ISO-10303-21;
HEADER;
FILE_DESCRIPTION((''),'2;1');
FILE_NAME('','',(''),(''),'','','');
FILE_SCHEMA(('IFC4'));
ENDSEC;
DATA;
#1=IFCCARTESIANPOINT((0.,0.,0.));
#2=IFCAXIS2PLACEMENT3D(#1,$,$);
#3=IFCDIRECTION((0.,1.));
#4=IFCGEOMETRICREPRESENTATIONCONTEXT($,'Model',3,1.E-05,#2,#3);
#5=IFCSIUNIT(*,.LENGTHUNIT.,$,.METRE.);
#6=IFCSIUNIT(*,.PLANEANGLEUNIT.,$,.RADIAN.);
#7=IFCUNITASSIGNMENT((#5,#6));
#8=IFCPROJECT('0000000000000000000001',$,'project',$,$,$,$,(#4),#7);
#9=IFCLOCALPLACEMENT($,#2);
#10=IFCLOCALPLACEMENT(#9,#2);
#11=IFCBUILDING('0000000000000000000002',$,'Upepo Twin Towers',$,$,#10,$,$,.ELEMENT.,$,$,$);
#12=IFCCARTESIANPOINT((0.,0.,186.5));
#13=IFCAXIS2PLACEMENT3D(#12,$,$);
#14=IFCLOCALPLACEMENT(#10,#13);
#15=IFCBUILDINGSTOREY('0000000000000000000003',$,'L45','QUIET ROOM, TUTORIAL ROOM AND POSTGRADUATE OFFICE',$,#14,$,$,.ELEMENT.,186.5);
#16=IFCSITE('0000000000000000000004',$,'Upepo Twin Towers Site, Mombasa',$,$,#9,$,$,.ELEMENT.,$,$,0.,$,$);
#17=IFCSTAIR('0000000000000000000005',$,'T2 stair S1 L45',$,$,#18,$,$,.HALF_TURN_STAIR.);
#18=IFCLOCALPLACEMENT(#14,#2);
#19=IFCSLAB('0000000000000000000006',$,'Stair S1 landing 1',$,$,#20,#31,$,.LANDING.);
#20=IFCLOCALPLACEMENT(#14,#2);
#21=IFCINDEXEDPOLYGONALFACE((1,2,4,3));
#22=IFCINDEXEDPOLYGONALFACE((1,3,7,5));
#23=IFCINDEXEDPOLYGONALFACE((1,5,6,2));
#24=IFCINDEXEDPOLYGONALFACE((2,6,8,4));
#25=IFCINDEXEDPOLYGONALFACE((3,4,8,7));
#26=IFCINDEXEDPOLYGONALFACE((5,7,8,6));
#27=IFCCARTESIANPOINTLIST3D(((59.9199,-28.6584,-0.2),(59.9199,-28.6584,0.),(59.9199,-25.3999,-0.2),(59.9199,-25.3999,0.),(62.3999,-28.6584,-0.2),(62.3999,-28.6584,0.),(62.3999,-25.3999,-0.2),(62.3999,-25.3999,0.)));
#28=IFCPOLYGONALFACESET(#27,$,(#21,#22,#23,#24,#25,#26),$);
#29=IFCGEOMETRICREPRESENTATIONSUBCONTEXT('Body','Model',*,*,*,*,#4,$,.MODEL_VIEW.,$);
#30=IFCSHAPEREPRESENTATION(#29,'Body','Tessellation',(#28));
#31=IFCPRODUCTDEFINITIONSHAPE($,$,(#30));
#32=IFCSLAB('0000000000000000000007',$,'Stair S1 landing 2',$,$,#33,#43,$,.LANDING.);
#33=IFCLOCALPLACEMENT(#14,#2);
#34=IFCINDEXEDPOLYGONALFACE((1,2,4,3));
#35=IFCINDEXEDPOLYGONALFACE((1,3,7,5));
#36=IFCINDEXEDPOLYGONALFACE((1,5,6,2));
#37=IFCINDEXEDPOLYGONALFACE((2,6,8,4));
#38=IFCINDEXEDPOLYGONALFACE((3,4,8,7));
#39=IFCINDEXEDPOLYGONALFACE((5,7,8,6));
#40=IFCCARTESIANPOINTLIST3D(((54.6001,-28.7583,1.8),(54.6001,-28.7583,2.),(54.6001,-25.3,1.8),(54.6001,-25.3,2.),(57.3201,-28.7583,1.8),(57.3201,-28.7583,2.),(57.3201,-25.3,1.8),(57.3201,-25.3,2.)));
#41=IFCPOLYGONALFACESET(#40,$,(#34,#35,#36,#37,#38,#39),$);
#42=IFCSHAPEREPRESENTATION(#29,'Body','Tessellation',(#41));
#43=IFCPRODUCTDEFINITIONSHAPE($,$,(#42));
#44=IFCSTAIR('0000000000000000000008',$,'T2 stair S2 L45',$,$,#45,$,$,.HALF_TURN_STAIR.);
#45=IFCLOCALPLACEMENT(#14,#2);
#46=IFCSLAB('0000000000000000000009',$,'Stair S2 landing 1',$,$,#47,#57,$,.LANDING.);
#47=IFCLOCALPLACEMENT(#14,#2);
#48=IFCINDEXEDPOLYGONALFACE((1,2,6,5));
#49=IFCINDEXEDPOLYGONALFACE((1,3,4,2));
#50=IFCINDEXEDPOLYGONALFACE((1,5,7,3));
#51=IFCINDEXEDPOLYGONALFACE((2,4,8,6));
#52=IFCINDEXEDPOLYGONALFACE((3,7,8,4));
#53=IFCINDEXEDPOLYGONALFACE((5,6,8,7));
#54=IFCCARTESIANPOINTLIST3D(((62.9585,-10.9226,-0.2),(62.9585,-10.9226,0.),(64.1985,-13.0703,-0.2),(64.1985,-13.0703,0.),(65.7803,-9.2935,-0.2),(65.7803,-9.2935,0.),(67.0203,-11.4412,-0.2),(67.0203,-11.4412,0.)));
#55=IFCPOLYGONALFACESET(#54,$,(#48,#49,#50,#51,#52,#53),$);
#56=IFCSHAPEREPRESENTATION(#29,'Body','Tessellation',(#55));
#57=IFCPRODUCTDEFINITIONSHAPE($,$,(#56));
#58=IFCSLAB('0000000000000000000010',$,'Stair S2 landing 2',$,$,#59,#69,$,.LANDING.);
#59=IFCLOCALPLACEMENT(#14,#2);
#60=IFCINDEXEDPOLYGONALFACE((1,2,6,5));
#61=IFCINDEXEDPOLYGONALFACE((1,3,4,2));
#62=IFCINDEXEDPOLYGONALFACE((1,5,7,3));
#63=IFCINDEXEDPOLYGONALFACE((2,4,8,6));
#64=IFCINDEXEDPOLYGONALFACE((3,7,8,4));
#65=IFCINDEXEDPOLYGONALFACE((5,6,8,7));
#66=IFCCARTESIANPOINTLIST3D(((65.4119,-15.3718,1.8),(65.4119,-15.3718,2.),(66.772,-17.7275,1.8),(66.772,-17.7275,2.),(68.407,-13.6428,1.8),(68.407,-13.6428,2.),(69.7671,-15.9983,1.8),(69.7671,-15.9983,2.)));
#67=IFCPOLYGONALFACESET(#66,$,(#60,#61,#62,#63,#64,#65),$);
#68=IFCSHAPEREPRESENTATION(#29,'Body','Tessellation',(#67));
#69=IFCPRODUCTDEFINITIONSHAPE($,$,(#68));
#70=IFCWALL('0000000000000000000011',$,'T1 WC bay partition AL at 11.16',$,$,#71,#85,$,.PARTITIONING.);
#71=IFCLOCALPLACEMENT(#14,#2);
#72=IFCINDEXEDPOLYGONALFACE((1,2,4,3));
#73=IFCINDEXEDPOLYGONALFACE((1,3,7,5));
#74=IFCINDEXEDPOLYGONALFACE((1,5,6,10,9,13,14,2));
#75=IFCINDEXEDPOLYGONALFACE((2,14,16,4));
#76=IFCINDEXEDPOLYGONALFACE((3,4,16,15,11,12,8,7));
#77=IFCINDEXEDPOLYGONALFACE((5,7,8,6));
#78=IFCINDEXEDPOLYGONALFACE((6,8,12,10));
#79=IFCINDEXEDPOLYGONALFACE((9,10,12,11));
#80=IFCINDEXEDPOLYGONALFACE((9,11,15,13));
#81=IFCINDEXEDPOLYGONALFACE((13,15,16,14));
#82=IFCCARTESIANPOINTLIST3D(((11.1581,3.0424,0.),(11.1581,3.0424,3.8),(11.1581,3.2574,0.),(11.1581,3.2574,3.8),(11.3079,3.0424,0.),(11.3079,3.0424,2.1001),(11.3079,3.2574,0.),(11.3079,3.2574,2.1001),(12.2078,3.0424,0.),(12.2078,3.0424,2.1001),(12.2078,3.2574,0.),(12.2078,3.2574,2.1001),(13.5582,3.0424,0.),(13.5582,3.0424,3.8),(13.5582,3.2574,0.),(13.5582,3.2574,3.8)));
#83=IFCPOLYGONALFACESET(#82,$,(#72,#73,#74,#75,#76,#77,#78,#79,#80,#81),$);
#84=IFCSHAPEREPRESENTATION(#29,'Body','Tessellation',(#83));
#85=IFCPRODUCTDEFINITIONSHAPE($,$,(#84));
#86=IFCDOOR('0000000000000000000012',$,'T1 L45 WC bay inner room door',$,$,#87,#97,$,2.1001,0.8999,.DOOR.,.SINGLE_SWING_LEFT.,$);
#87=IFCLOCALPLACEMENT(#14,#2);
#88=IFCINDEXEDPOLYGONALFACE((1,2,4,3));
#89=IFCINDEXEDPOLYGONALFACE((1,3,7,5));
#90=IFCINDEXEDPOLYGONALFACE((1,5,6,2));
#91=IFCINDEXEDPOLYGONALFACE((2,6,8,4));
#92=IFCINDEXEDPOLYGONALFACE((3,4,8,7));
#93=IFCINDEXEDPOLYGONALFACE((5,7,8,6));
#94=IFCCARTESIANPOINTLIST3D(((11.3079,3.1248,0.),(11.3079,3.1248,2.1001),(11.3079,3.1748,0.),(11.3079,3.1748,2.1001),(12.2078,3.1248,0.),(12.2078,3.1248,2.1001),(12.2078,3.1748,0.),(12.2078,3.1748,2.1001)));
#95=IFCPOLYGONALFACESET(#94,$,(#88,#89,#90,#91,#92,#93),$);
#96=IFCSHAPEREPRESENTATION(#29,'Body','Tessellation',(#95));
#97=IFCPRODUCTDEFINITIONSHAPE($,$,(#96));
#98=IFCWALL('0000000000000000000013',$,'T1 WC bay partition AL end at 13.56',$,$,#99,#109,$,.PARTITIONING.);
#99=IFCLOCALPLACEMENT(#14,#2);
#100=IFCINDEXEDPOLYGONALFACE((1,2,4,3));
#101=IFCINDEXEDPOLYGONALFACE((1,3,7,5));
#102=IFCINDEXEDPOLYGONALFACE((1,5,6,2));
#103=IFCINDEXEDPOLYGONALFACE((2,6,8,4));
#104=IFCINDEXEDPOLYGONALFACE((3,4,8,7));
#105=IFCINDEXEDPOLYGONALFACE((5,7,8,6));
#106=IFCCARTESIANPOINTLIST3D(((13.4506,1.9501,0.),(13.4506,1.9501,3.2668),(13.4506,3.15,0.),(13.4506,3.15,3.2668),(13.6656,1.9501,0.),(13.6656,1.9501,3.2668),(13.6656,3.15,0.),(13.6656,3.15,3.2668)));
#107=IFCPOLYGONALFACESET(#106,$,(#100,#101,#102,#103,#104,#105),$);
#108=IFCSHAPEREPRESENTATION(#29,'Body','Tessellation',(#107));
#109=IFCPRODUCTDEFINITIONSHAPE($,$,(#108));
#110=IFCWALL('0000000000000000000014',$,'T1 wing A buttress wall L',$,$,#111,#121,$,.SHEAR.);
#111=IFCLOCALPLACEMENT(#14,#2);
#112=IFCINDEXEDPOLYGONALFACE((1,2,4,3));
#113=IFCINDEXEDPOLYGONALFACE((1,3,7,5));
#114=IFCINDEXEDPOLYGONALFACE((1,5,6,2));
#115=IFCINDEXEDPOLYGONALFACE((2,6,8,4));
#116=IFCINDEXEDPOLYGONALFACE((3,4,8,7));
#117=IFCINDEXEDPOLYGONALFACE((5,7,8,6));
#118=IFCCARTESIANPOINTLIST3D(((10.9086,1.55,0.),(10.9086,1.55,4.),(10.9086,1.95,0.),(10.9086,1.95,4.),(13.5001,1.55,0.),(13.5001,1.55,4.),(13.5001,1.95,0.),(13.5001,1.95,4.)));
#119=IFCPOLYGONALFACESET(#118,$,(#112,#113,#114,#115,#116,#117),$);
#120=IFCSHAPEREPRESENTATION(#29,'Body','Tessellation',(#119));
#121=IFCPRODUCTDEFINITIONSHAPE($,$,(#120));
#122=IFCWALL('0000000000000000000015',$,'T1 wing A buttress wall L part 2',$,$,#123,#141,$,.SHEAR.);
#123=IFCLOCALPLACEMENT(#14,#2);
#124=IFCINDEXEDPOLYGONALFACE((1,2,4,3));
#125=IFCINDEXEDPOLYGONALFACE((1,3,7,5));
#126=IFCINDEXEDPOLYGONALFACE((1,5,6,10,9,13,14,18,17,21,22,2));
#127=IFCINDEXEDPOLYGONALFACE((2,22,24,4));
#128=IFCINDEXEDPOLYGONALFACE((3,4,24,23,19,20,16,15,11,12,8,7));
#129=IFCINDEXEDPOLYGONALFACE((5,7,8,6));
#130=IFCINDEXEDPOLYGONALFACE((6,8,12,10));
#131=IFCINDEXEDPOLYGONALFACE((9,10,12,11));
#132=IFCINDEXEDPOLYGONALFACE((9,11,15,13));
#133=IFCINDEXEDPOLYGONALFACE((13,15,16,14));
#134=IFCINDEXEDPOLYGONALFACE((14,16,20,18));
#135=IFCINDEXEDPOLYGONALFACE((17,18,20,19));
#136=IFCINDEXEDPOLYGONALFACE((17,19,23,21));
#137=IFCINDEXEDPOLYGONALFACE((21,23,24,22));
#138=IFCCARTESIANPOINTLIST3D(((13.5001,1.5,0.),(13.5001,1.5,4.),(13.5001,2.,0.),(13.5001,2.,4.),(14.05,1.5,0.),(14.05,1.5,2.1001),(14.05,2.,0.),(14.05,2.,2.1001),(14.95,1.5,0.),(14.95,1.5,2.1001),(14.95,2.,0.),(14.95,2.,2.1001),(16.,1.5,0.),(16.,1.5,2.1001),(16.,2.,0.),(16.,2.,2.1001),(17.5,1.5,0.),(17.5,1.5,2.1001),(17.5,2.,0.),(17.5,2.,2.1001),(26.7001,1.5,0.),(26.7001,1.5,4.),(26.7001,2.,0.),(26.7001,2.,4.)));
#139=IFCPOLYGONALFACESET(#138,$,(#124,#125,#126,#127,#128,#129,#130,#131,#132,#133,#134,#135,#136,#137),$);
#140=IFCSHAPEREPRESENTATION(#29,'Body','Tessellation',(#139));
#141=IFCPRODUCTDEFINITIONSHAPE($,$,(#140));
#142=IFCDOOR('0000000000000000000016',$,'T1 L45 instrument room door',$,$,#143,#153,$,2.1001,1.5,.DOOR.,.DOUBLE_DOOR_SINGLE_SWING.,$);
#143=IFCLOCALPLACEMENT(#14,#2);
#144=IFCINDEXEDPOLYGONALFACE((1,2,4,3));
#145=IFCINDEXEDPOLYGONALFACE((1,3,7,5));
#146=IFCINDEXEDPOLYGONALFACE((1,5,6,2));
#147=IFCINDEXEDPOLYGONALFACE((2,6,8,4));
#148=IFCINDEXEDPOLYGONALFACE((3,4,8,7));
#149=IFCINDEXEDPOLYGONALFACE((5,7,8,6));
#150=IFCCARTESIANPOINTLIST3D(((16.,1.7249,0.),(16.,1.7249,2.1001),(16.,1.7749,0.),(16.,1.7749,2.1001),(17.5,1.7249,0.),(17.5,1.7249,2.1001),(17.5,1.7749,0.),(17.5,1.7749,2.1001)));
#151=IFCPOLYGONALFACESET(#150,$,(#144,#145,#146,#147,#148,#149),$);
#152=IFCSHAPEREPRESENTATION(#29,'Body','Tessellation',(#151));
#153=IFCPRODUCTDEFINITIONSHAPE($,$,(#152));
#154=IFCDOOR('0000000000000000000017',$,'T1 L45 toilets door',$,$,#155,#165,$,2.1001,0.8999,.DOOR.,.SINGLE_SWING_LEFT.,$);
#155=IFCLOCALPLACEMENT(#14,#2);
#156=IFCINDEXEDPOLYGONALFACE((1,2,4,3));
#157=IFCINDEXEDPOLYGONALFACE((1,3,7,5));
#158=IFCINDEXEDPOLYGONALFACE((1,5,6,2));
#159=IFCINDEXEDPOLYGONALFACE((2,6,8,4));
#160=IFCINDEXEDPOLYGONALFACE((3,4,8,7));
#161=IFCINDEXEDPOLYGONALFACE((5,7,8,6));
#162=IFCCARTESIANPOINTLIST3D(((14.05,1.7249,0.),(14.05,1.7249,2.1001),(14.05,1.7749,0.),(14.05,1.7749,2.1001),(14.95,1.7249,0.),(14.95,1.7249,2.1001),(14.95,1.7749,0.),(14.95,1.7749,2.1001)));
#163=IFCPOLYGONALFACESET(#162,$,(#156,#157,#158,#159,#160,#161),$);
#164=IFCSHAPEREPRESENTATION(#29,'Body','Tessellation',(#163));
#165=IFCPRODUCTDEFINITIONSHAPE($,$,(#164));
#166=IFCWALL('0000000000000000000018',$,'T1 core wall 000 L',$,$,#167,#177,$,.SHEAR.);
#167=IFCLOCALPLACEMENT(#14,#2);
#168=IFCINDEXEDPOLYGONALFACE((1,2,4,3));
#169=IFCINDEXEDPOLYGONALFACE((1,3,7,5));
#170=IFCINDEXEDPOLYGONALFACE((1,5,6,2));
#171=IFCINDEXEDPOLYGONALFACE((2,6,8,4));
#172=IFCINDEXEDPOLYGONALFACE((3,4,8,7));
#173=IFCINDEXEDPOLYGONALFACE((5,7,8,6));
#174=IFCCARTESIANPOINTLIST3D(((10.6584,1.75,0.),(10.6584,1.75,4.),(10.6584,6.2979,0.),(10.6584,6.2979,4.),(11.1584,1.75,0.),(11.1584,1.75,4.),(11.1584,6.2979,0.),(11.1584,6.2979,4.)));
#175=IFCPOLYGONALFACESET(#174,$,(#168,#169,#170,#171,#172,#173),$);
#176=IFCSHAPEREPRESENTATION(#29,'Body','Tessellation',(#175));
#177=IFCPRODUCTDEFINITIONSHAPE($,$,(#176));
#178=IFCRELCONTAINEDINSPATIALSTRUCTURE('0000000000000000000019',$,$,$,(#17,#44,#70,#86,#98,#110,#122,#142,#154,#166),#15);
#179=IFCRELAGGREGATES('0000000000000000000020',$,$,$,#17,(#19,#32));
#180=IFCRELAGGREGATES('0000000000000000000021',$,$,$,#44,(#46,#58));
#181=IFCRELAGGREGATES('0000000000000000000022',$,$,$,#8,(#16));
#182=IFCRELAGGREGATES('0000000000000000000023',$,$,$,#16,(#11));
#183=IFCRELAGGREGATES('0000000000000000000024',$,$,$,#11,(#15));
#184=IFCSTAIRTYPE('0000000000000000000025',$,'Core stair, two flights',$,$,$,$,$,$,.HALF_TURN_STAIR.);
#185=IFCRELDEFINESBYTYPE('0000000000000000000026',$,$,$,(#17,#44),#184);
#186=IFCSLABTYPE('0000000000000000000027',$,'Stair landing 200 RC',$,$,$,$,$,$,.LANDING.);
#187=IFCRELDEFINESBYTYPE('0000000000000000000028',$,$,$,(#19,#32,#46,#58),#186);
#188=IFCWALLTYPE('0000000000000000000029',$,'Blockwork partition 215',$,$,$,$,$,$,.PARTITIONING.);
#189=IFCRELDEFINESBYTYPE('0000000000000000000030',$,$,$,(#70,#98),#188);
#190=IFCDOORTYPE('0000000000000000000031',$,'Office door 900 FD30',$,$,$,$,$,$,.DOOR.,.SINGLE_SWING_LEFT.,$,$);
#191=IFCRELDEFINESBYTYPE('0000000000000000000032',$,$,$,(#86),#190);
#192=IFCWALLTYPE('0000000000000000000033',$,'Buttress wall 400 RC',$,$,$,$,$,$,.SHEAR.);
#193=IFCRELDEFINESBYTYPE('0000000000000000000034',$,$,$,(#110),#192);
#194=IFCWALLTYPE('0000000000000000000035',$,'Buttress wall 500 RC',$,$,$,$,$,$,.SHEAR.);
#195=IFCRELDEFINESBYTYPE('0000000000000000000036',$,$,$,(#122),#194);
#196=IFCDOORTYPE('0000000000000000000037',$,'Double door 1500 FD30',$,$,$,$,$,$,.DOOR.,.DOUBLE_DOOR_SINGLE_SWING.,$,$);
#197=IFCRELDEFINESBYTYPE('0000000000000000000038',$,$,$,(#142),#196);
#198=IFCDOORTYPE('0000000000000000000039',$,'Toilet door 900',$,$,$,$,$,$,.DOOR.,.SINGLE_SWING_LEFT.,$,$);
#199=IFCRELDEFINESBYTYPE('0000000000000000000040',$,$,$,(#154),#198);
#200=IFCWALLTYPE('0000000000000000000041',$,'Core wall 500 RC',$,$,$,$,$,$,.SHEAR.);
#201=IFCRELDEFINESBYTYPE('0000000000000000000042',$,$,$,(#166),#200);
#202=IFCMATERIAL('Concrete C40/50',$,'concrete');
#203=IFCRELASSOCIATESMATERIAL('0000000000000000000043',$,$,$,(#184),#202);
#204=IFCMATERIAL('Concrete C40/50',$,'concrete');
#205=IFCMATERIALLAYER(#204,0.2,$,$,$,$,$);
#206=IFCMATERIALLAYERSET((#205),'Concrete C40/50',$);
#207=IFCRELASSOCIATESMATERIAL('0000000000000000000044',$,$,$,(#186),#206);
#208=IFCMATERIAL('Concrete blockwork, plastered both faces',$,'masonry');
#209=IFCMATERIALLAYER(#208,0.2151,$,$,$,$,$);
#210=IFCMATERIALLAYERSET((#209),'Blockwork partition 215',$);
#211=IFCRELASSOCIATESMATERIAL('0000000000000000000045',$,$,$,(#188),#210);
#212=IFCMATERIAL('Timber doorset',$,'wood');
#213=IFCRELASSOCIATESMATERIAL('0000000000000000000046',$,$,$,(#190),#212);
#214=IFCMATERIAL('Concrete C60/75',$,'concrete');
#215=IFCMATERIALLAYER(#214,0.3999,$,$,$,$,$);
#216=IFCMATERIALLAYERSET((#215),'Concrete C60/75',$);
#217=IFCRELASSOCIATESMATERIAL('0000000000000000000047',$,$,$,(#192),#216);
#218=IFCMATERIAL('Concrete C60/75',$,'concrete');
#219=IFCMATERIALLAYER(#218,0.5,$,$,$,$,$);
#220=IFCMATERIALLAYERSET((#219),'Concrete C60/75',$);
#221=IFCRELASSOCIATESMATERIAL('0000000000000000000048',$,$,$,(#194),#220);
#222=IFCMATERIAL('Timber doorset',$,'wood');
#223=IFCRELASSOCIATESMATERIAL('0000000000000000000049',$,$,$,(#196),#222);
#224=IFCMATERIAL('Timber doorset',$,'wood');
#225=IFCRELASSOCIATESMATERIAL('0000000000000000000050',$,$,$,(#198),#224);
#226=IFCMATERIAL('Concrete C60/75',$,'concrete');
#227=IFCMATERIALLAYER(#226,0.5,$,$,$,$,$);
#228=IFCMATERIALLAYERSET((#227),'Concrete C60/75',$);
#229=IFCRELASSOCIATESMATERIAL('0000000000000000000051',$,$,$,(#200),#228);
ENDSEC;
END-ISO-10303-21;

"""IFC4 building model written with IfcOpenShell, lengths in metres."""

from ifc_helpers import new_model, si_unit, direction, frame, frame_2d, origin, place, context, subcontext, project, spatial, polyline, rectangle, outline, extrude, material, layer, layer_set, type_object, element, fill, aggregate, save


model = new_model("IFC4")

# Units and contexts
model_context = context("Model", 3, precision=1e-05, world=origin(), true_north=direction((0.0, 1.0)))
body_context = subcontext(model_context, "Body", "Model", "MODEL_VIEW")
ifc_project = project(units=[si_unit("LENGTHUNIT", "METRE"), si_unit("PLANEANGLEUNIT", "RADIAN")], contexts=[model_context])

# Site, building, storey
site_placement = place(None, origin())
site = spatial("IfcSite", under=ifc_project, at=site_placement, Name="Upepo Twin Towers Site, Mombasa", CompositionType="ELEMENT", RefElevation=0.0)
building_placement = place(site_placement, origin())
building = spatial("IfcBuilding", under=site, at=building_placement, Name="Upepo Twin Towers", CompositionType="ELEMENT")
storey_placement = place(building_placement, frame((0.0, 0.0, 186.5)))
storey = spatial("IfcBuildingStorey", under=building, at=storey_placement, Name="L45", Description="QUIET ROOM, TUTORIAL ROOM AND POSTGRADUATE OFFICE", CompositionType="ELEMENT", Elevation=186.5)

# Shared definitions
ifc_material_1 = material(Name="Concrete C40/50", Category="concrete")
stair_type = type_object("IfcStairType", Name="Core stair, two flights", PredefinedType="HALF_TURN_STAIR", material=ifc_material_1)
ifc_material_2 = material(Name="Concrete C40/50", Category="concrete")
ifc_layer_1 = layer(ifc_material_2, 0.2)
ifc_layer_set_1 = layer_set([ifc_layer_1], Name="Concrete C40/50")
slab_type = type_object("IfcSlabType", Name="Stair landing 200 RC", PredefinedType="LANDING", material=ifc_layer_set_1)

# Stairs, slabs
stair_1_placement = place(storey_placement, origin())
stair_1 = element("IfcStair", 1, at=stair_1_placement, inside=storey, type_object=stair_type, Name="T2 stair S1 L45", PredefinedType="HALF_TURN_STAIR")
slab_1_placement = place(storey_placement, frame((0.0, 0.0, -0.2)))
slab_1 = element("IfcSlab", 2, at=slab_1_placement, type_object=slab_type, Name="Stair S1 landing 1", PredefinedType="LANDING", context=body_context, shape_type="SweptSolid", body=[
    extrude(outline(polyline([(59.9199, -25.3999), (59.9199, -28.6584), (62.3999, -28.6584), (62.3999, -25.3999), (59.9199, -25.3999)])), origin(), (0.0, 0.0, 1.0), 0.2),
])
slab_2_placement = place(storey_placement, frame((0.0, 0.0, 1.8)))
slab_2 = element("IfcSlab", 3, at=slab_2_placement, type_object=slab_type, Name="Stair S1 landing 2", PredefinedType="LANDING", context=body_context, shape_type="SweptSolid", body=[
    extrude(outline(polyline([(54.6001, -25.3), (54.6001, -28.7583), (57.3201, -28.7583), (57.3201, -25.3), (54.6001, -25.3)])), origin(), (0.0, 0.0, 1.0), 0.2),
])
aggregate(stair_1, [slab_1, slab_2])
stair_2_placement = place(storey_placement, origin())
stair_2 = element("IfcStair", 4, at=stair_2_placement, inside=storey, type_object=stair_type, Name="T2 stair S2 L45", PredefinedType="HALF_TURN_STAIR")
slab_3_placement = place(storey_placement, frame((0.0, 0.0, -0.2)))
slab_3 = element("IfcSlab", 5, at=slab_3_placement, type_object=slab_type, Name="Stair S2 landing 1", PredefinedType="LANDING", context=body_context, shape_type="SweptSolid", body=[
    extrude(outline(polyline([(64.1985, -13.0703), (67.0203, -11.4412), (65.7803, -9.2935), (62.9585, -10.9226), (64.1985, -13.0703)])), origin(), (0.0, 0.0, 1.0), 0.2),
])
slab_4_placement = place(storey_placement, frame((0.0, 0.0, 1.8)))
slab_4 = element("IfcSlab", 6, at=slab_4_placement, type_object=slab_type, Name="Stair S2 landing 2", PredefinedType="LANDING", context=body_context, shape_type="SweptSolid", body=[
    extrude(outline(polyline([(66.772, -17.7275), (69.7671, -15.9983), (68.407, -13.6428), (65.4119, -15.3718), (66.772, -17.7275)])), origin(), (0.0, 0.0, 1.0), 0.2),
])
aggregate(stair_2, [slab_3, slab_4])

# Wall, opening, door
ifc_material_3 = material(Name="Concrete blockwork, plastered both faces", Category="masonry")
ifc_layer_2 = layer(ifc_material_3, 0.2151)
ifc_layer_set_2 = layer_set([ifc_layer_2], Name="Blockwork partition 215")
wall_type_1 = type_object("IfcWallType", Name="Blockwork partition 215", PredefinedType="PARTITIONING", material=ifc_layer_set_2)
wall_1_placement = place(storey_placement, frame((11.158, 3.1499, 0.0), z_axis=(0.0, 0.0, 1.0), x_axis=(1.0, 0.0, 0.0)))
wall_1 = element("IfcWall", 7, at=wall_1_placement, inside=storey, type_object=wall_type_1, Name="T1 WC bay partition AL at 11.16", PredefinedType="PARTITIONING", context=body_context, shape_type="SweptSolid", body=[
    extrude(rectangle(XDim=2.4001, YDim=0.2151, at=frame_2d((1.2002, 0.0))), origin(), (0.0, 0.0, 1.0), 3.8),
])
opening_1_placement = place(wall_1_placement, frame((0.1499, 0.0, 0.0)))
opening_1 = element("IfcOpeningElement", 8, at=opening_1_placement, cuts=wall_1, PredefinedType="OPENING", context=body_context, shape_type="SweptSolid", body=[
    extrude(rectangle(XDim=0.8999, YDim=2.1001, at=frame_2d((0.45, 1.05))), frame((0.0, 0.1174, 0.0), z_axis=(0.0, -1.0, 0.0), x_axis=(1.0, 0.0, 0.0)), (0.0, 0.0, 1.0), 0.2351),
])
ifc_material_4 = material(Name="Timber doorset", Category="wood")
door_type_1 = type_object("IfcDoorType", Name="Office door 900 FD30", OperationType="SINGLE_SWING_LEFT", PredefinedType="DOOR", material=ifc_material_4)
door_1_placement = place(opening_1_placement, origin())
door_1 = element("IfcDoor", 9, at=door_1_placement, inside=storey, type_object=door_type_1, Name="T1 L45 WC bay inner room door", OperationType="SINGLE_SWING_LEFT", OverallHeight=2.1001, OverallWidth=0.8999, PredefinedType="DOOR", context=body_context, shape_type="SweptSolid", body=[
    extrude(rectangle(XDim=0.8999, YDim=2.1001, at=frame_2d((0.45, 1.05))), frame((0.0, 0.0249, 0.0), z_axis=(0.0, -1.0, 0.0), x_axis=(1.0, 0.0, 0.0)), (0.0, 0.0, 1.0), 0.05),
])
fill(opening_1, door_1)

# Walls
wall_2_placement = place(storey_placement, frame((13.5581, 1.95, 0.0), z_axis=(0.0, 0.0, 1.0), x_axis=(0.0, 1.0, 0.0)))
element("IfcWall", 10, at=wall_2_placement, inside=storey, type_object=wall_type_1, Name="T1 WC bay partition AL end at 13.56", PredefinedType="PARTITIONING", context=body_context, shape_type="SweptSolid", body=[
    extrude(rectangle(XDim=1.2, YDim=0.2151, at=frame_2d((0.6001, 0.0))), origin(), (0.0, 0.0, 1.0), 3.2668),
])
ifc_material_5 = material(Name="Concrete C60/75", Category="concrete")
ifc_layer_3 = layer(ifc_material_5, 0.3999)
ifc_layer_set_3 = layer_set([ifc_layer_3], Name="Concrete C60/75")
wall_type_2 = type_object("IfcWallType", Name="Buttress wall 400 RC", PredefinedType="SHEAR", material=ifc_layer_set_3)
wall_3_placement = place(storey_placement, frame((10.9084, 1.75, 0.0), z_axis=(0.0, 0.0, 1.0), x_axis=(1.0, 0.0, 0.0)))
element("IfcWall", 11, at=wall_3_placement, inside=storey, type_object=wall_type_2, Name="T1 wing A buttress wall L", PredefinedType="SHEAR", context=body_context, shape_type="SweptSolid", body=[
    extrude(rectangle(XDim=2.5916, YDim=0.3999, at=frame_2d((1.2959, 0.0))), origin(), (0.0, 0.0, 1.0), 4.0),
])

# Wall, openings, doors
ifc_material_6 = material(Name="Concrete C60/75", Category="concrete")
ifc_layer_4 = layer(ifc_material_6, 0.5)
ifc_layer_set_4 = layer_set([ifc_layer_4], Name="Concrete C60/75")
wall_type_3 = type_object("IfcWallType", Name="Buttress wall 500 RC", PredefinedType="SHEAR", material=ifc_layer_set_4)
wall_4_placement = place(storey_placement, frame((13.5, 1.75, 0.0), z_axis=(0.0, 0.0, 1.0), x_axis=(1.0, 0.0, 0.0)))
wall_4 = element("IfcWall", 12, at=wall_4_placement, inside=storey, type_object=wall_type_3, Name="T1 wing A buttress wall L part 2", PredefinedType="SHEAR", context=body_context, shape_type="SweptSolid", body=[
    extrude(rectangle(XDim=13.2, YDim=0.5, at=frame_2d((6.6001, 0.0))), origin(), (0.0, 0.0, 1.0), 4.0),
])
opening_2_placement = place(wall_4_placement, frame((0.55, 0.0, 0.0)))
opening_2 = element("IfcOpeningElement", 13, at=opening_2_placement, cuts=wall_4, PredefinedType="OPENING", context=body_context, shape_type="SweptSolid", body=[
    extrude(rectangle(XDim=0.8999, YDim=2.1001, at=frame_2d((0.45, 1.05))), frame((0.0, 0.26, 0.0), z_axis=(0.0, -1.0, 0.0), x_axis=(1.0, 0.0, 0.0)), (0.0, 0.0, 1.0), 0.52),
])
opening_3_placement = place(wall_4_placement, frame((2.5, 0.0, 0.0)))
opening_3 = element("IfcOpeningElement", 14, at=opening_3_placement, cuts=wall_4, PredefinedType="OPENING", context=body_context, shape_type="SweptSolid", body=[
    extrude(rectangle(XDim=1.5, YDim=2.1001, at=frame_2d((0.75, 1.05))), frame((0.0, 0.26, 0.0), z_axis=(0.0, -1.0, 0.0), x_axis=(1.0, 0.0, 0.0)), (0.0, 0.0, 1.0), 0.52),
])
ifc_material_7 = material(Name="Timber doorset", Category="wood")
door_type_2 = type_object("IfcDoorType", Name="Double door 1500 FD30", OperationType="DOUBLE_DOOR_SINGLE_SWING", PredefinedType="DOOR", material=ifc_material_7)
door_2_placement = place(opening_3_placement, origin())
door_2 = element("IfcDoor", 15, at=door_2_placement, inside=storey, type_object=door_type_2, Name="T1 L45 instrument room door", OperationType="DOUBLE_DOOR_SINGLE_SWING", OverallHeight=2.1001, OverallWidth=1.5, PredefinedType="DOOR", context=body_context, shape_type="SweptSolid", body=[
    extrude(rectangle(XDim=1.5, YDim=2.1001, at=frame_2d((0.75, 1.05))), frame((0.0, 0.0249, 0.0), z_axis=(0.0, -1.0, 0.0), x_axis=(1.0, 0.0, 0.0)), (0.0, 0.0, 1.0), 0.05),
])
fill(opening_3, door_2)
ifc_material_8 = material(Name="Timber doorset", Category="wood")
door_type_3 = type_object("IfcDoorType", Name="Toilet door 900", OperationType="SINGLE_SWING_LEFT", PredefinedType="DOOR", material=ifc_material_8)
door_3_placement = place(opening_2_placement, origin())
door_3 = element("IfcDoor", 16, at=door_3_placement, inside=storey, type_object=door_type_3, Name="T1 L45 toilets door", OperationType="SINGLE_SWING_LEFT", OverallHeight=2.1001, OverallWidth=0.8999, PredefinedType="DOOR", context=body_context, shape_type="SweptSolid", body=[
    extrude(rectangle(XDim=0.8999, YDim=2.1001, at=frame_2d((0.45, 1.05))), frame((0.0, 0.0249, 0.0), z_axis=(0.0, -1.0, 0.0), x_axis=(1.0, 0.0, 0.0)), (0.0, 0.0, 1.0), 0.05),
])
fill(opening_2, door_3)

# Wall
ifc_material_9 = material(Name="Concrete C60/75", Category="concrete")
ifc_layer_5 = layer(ifc_material_9, 0.5)
ifc_layer_set_5 = layer_set([ifc_layer_5], Name="Concrete C60/75")
wall_type_4 = type_object("IfcWallType", Name="Core wall 500 RC", PredefinedType="SHEAR", material=ifc_layer_set_5)
wall_5_placement = place(storey_placement, frame((10.9084, 1.75, 0.0), z_axis=(0.0, 0.0, 1.0), x_axis=(0.0, 1.0, 0.0)))
element("IfcWall", 17, at=wall_5_placement, inside=storey, type_object=wall_type_4, Name="T1 core wall 000 L", PredefinedType="SHEAR", context=body_context, shape_type="SweptSolid", body=[
    extrude(rectangle(XDim=4.5479, YDim=0.5, at=frame_2d((2.2739, 0.0))), origin(), (0.0, 0.0, 1.0), 4.0),
])

save(model, "model.ifc")
